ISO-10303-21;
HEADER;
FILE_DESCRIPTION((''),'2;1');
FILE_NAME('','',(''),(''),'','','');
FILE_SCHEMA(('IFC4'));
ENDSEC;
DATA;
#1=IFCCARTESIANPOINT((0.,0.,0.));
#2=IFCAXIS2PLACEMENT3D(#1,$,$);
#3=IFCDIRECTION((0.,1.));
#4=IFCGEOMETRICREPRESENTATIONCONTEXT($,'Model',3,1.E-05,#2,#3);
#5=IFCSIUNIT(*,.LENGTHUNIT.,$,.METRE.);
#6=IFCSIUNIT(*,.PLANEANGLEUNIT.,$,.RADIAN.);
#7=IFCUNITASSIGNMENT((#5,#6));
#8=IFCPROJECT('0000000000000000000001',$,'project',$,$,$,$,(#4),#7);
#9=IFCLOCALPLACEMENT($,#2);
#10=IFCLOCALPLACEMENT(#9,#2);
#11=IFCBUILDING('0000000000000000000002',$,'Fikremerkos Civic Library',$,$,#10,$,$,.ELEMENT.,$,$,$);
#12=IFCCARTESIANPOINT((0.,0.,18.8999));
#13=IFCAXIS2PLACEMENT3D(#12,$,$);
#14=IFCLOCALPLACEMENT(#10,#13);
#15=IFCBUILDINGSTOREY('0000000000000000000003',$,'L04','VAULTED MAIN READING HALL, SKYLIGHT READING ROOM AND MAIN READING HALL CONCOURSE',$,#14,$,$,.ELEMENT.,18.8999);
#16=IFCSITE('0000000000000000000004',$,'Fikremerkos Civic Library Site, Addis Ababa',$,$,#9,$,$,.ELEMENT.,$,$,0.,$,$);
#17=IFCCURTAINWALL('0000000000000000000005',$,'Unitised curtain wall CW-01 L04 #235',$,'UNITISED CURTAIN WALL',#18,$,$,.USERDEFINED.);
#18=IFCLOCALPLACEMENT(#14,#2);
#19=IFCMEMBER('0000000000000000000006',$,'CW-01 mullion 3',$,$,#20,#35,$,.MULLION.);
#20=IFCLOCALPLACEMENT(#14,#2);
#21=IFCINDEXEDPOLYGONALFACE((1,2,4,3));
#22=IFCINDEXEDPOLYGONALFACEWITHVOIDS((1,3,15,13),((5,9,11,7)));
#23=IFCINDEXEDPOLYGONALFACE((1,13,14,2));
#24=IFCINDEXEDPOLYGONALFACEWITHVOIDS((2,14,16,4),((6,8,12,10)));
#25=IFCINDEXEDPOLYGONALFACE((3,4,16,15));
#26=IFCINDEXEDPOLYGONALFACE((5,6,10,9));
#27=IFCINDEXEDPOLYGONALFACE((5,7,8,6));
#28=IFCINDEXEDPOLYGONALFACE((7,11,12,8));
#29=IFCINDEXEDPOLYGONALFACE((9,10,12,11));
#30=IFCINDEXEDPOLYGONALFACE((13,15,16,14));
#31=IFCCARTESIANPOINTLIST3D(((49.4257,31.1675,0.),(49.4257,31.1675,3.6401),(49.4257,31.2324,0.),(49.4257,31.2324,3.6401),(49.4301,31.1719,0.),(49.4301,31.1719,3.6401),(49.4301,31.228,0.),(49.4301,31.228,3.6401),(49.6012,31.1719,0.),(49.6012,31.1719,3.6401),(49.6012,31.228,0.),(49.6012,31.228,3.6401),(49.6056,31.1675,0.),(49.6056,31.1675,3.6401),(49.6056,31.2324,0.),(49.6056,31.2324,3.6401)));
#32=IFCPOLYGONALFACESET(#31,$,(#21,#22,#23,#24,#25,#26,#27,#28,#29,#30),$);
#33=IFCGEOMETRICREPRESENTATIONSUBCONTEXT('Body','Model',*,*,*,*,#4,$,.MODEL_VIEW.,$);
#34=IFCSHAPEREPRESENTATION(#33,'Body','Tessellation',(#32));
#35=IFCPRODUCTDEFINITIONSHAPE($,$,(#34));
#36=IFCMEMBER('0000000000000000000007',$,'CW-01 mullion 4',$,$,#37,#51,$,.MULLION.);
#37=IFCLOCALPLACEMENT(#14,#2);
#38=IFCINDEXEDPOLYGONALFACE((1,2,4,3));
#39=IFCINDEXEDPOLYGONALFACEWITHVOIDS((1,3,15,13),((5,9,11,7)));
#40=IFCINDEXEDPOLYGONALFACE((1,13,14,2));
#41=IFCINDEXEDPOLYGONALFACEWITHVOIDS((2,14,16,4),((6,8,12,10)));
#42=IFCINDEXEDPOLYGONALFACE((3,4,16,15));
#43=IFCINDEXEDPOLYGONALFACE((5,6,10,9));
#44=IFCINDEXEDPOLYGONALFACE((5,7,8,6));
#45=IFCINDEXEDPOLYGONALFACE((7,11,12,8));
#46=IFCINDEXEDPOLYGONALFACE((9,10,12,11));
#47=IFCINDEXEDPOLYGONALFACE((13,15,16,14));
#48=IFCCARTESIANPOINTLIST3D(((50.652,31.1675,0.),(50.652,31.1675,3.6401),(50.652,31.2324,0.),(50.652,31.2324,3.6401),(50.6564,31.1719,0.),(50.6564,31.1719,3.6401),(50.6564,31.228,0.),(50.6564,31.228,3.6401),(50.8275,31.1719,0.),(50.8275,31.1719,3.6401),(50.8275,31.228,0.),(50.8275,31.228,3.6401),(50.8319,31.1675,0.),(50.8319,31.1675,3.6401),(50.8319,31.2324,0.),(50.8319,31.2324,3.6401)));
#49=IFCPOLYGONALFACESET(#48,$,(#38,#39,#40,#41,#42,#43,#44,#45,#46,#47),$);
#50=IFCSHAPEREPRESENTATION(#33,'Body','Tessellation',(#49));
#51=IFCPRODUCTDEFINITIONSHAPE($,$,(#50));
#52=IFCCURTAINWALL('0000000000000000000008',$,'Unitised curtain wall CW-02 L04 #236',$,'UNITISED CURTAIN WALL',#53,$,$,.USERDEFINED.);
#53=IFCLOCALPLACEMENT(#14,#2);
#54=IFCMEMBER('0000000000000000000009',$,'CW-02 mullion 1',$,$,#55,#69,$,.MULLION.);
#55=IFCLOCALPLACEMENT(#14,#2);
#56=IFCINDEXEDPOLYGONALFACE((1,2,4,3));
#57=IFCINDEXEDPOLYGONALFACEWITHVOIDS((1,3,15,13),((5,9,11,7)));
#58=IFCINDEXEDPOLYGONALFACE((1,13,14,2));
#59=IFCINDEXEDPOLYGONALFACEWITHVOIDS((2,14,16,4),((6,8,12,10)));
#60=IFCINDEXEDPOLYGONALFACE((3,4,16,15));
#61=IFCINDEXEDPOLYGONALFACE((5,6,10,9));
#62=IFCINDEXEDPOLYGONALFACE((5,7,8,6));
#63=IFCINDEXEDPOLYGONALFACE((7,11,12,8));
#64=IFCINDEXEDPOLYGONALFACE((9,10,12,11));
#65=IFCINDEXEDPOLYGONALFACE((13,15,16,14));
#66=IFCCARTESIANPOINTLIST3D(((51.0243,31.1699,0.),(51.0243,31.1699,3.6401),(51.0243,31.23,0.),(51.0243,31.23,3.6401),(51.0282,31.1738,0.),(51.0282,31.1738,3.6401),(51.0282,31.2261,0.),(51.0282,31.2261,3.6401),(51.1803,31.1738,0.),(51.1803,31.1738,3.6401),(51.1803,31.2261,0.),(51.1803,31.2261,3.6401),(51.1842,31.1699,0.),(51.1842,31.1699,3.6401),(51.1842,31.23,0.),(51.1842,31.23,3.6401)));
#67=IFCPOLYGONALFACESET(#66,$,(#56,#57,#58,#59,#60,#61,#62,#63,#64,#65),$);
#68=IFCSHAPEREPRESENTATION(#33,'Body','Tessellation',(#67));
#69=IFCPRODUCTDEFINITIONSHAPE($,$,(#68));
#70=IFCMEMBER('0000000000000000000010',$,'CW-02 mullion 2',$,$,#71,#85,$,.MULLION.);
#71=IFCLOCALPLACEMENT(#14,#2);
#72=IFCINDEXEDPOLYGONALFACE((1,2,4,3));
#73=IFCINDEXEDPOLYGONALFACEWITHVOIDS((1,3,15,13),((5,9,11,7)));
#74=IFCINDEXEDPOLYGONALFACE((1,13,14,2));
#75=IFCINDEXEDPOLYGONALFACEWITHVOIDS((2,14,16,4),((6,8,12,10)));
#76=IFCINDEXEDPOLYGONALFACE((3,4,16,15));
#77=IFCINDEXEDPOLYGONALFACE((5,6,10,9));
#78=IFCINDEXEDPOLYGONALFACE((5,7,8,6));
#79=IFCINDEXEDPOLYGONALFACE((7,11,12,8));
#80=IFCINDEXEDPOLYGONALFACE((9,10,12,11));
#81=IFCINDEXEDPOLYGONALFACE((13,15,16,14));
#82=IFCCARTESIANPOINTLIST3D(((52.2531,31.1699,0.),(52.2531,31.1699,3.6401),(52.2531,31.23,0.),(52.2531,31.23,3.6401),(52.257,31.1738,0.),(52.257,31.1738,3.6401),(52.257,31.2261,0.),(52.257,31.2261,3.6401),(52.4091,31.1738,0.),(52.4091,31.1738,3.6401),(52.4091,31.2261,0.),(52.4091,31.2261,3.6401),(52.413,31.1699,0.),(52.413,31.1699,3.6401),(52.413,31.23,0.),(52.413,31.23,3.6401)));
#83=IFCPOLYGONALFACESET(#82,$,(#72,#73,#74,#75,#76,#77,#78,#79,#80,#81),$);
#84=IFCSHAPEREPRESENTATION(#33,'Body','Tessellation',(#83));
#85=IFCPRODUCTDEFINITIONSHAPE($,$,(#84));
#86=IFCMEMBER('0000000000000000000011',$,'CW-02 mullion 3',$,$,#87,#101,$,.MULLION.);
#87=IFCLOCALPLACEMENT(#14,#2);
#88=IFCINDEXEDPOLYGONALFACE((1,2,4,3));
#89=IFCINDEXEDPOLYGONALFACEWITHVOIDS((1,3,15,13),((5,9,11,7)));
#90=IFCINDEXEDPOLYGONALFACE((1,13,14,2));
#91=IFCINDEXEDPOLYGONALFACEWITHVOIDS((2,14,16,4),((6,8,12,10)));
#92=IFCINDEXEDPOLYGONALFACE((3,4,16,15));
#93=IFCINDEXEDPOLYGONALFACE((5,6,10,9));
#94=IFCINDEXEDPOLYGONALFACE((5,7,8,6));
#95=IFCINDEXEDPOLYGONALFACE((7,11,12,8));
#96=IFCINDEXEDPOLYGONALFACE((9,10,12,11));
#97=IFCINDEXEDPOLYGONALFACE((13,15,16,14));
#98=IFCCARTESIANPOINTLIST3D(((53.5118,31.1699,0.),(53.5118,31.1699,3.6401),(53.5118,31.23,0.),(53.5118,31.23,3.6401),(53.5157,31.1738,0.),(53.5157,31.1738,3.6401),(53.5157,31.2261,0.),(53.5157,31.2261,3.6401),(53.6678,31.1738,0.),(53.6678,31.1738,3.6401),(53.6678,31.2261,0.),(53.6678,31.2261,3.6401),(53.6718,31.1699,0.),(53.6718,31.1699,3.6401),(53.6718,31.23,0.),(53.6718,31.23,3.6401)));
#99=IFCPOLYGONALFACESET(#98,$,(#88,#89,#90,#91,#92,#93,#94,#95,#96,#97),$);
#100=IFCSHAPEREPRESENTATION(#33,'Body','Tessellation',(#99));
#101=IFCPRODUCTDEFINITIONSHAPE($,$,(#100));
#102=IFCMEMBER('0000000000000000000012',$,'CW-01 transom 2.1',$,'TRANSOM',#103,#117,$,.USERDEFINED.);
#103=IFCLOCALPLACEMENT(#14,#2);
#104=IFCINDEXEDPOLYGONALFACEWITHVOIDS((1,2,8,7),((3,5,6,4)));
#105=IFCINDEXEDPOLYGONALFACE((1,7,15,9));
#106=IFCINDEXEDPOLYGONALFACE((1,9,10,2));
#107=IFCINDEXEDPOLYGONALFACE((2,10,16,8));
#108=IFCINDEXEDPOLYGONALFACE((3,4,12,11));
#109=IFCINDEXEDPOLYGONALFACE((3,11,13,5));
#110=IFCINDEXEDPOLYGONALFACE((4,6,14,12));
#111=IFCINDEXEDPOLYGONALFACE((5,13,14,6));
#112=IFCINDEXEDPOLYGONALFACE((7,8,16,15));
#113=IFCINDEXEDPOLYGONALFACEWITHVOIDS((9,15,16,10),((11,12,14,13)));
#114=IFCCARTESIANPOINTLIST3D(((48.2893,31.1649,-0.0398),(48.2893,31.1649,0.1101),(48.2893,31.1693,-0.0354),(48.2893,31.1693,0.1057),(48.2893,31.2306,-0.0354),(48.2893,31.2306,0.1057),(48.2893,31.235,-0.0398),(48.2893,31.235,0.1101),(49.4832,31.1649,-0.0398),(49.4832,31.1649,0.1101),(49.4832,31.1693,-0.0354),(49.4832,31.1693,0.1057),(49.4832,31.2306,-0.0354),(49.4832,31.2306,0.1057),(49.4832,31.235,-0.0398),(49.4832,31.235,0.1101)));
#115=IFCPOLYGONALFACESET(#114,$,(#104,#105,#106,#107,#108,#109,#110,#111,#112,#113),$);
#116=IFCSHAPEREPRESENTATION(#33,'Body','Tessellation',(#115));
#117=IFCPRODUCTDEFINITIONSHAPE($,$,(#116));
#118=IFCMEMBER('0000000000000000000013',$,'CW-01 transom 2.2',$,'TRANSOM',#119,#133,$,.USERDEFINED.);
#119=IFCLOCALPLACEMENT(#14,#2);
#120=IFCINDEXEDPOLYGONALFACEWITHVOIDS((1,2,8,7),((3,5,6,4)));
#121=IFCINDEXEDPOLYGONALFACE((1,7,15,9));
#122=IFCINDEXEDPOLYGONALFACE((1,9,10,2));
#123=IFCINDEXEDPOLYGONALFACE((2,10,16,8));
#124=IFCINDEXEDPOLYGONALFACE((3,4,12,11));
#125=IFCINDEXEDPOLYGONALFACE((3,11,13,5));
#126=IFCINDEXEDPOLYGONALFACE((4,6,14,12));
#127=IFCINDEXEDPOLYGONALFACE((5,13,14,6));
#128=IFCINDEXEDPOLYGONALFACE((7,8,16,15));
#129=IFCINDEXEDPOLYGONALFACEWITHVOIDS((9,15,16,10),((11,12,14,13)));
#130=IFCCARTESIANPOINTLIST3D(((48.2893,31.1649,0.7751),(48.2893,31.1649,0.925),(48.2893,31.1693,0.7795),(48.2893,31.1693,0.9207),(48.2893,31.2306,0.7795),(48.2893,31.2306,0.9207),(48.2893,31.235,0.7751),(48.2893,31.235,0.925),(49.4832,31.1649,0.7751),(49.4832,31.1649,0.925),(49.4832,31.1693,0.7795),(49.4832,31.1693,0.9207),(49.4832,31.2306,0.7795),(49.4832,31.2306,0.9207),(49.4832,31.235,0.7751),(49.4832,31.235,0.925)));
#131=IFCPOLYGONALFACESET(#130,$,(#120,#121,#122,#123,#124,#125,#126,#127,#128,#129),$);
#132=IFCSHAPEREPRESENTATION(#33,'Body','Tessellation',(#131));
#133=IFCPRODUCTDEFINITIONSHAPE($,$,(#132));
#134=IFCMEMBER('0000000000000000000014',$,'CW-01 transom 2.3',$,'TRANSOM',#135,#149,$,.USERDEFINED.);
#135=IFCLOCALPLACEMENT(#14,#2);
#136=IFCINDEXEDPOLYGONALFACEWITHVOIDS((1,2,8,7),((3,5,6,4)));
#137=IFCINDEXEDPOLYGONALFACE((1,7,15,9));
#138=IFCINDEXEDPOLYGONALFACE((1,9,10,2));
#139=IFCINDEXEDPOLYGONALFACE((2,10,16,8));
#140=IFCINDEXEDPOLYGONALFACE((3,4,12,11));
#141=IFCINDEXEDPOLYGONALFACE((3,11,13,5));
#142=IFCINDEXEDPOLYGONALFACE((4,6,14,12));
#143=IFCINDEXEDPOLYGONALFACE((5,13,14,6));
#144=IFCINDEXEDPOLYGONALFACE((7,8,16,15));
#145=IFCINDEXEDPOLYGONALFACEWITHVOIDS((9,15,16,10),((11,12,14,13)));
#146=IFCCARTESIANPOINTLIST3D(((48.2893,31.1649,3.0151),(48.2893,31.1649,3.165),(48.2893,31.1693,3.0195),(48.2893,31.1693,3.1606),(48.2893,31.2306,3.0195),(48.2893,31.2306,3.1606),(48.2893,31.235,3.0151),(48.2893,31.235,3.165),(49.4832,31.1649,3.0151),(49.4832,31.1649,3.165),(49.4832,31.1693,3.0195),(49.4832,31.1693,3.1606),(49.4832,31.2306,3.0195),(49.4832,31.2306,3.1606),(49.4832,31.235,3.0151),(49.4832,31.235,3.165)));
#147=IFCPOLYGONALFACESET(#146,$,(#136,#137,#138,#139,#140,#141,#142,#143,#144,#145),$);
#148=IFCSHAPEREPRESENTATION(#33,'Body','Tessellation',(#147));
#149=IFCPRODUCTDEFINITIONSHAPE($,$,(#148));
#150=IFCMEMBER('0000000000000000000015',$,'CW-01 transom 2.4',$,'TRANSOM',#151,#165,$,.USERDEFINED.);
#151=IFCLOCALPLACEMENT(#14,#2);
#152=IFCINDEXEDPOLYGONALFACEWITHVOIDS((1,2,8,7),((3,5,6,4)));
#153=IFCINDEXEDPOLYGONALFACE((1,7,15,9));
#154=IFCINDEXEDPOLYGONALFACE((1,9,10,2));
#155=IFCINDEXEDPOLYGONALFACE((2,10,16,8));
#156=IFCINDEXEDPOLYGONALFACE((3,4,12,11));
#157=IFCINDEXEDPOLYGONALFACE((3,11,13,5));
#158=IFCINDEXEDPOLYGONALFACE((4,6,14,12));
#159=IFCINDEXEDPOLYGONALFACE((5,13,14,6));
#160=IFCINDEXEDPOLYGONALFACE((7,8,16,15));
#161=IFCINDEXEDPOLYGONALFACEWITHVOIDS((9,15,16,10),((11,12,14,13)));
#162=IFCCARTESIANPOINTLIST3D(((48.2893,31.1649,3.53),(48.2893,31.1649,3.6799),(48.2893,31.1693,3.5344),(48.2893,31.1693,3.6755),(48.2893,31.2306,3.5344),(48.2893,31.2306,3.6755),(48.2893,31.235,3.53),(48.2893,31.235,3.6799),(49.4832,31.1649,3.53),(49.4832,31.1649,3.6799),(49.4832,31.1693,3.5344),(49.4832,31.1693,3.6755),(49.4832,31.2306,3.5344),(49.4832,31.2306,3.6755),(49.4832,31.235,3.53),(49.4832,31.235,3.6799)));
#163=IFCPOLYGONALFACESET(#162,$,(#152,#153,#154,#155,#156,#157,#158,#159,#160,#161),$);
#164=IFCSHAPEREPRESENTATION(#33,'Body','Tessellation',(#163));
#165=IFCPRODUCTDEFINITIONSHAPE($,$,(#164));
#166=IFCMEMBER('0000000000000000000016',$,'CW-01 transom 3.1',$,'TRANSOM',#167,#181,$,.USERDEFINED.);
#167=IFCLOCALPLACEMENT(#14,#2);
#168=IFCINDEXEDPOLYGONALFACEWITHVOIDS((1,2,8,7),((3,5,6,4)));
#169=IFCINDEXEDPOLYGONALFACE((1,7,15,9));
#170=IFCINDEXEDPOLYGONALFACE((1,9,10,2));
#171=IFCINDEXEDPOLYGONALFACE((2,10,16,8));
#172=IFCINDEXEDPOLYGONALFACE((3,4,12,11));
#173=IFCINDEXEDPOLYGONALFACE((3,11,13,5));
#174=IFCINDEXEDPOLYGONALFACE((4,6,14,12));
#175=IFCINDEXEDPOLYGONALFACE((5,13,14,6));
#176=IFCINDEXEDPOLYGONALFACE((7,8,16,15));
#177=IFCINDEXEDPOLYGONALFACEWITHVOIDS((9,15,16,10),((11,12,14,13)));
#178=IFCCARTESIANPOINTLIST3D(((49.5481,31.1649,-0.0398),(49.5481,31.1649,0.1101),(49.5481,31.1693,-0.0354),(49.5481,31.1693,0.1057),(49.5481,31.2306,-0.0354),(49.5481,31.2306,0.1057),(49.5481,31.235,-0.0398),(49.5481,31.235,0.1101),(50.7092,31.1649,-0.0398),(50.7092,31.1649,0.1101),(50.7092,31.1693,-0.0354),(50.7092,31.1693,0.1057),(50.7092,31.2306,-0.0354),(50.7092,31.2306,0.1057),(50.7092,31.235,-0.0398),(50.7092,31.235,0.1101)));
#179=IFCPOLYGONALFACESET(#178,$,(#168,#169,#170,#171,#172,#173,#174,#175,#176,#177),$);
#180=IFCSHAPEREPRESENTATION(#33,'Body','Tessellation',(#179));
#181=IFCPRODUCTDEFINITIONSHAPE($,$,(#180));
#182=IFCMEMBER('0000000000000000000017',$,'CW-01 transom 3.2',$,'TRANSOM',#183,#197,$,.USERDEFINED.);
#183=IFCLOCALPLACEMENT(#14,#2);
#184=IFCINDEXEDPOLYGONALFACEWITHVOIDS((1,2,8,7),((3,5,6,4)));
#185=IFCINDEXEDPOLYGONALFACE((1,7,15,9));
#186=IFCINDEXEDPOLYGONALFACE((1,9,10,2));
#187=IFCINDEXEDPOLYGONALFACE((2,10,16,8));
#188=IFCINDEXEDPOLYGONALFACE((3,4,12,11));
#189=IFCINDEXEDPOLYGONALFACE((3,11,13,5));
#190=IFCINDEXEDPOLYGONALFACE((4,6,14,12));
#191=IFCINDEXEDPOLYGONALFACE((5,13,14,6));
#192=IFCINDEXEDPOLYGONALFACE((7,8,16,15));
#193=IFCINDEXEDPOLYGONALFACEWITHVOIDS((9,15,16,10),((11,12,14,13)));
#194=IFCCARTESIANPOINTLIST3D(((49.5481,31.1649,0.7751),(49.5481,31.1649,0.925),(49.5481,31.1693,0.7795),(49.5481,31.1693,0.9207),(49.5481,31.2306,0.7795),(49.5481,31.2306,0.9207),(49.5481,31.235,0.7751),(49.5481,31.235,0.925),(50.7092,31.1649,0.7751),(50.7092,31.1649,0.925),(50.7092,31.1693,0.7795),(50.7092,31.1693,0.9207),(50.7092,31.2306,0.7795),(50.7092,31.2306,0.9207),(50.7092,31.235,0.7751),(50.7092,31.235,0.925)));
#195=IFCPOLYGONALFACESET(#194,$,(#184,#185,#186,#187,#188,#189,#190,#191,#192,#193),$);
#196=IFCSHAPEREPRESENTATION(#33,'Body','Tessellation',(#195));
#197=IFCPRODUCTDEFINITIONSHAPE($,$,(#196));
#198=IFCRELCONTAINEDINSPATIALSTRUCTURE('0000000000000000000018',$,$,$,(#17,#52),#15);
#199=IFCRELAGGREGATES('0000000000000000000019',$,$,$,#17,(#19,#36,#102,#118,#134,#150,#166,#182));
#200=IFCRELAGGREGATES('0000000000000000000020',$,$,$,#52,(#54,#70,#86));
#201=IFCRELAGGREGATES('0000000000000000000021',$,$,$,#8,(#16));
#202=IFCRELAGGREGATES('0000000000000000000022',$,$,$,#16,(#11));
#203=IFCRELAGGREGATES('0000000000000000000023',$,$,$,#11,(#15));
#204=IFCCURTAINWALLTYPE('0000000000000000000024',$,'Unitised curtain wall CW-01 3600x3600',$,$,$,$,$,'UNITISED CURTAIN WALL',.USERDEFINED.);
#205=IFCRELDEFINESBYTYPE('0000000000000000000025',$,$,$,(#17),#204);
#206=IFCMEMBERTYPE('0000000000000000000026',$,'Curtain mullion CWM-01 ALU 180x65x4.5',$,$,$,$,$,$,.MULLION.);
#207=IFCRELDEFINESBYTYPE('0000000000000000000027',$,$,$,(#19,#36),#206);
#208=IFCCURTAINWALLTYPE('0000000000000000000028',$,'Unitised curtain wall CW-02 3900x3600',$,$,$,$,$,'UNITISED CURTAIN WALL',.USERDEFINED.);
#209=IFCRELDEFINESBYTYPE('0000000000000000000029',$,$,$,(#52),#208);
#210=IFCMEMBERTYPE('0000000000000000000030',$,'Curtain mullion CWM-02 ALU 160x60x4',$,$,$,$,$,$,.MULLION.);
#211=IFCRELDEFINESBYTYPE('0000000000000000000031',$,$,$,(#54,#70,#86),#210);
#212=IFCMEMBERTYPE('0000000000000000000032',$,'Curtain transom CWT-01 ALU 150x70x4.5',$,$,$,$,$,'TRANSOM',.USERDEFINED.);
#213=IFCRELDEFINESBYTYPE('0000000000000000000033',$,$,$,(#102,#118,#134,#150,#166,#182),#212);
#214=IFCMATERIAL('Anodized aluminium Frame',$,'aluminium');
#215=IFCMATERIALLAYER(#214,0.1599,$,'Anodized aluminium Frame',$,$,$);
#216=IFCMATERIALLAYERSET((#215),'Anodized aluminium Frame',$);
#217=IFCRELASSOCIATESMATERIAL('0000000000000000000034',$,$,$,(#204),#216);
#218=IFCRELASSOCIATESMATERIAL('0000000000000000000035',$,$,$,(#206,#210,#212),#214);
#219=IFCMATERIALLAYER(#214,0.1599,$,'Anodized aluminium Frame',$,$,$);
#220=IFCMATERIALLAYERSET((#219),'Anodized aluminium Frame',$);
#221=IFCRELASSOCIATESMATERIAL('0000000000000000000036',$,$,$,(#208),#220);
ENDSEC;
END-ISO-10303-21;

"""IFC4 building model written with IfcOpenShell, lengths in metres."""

from ifc_helpers import new_model, si_unit, direction, frame, origin, origin_2d, place, context, subcontext, project, spatial, hollow_rectangle, extrude, material, layer, layer_set, material_profile, profile_set, type_object, element, aggregate, save


model = new_model("IFC4")

# Units and contexts
model_context = context("Model", 3, precision=1e-05, world=origin(), true_north=direction((0.0, 1.0)))
body_context = subcontext(model_context, "Body", "Model", "MODEL_VIEW")
ifc_project = project(units=[si_unit("LENGTHUNIT", "METRE"), si_unit("PLANEANGLEUNIT", "RADIAN")], contexts=[model_context])

# Site, building, storey
site_placement = place(None, origin())
site = spatial("IfcSite", under=ifc_project, at=site_placement, Name="Fikremerkos Civic Library Site, Addis Ababa", CompositionType="ELEMENT", RefElevation=0.0)
building_placement = place(site_placement, origin())
building = spatial("IfcBuilding", under=site, at=building_placement, Name="Fikremerkos Civic Library", CompositionType="ELEMENT")
storey_placement = place(building_placement, frame((0.0, 0.0, 18.8999)))
storey = spatial("IfcBuildingStorey", under=building, at=storey_placement, Name="L04", Description="VAULTED MAIN READING HALL, SKYLIGHT READING ROOM AND MAIN READING HALL CONCOURSE", CompositionType="ELEMENT", Elevation=18.8999)

# Curtain walls, members
ifc_material_1 = material(Name="Anodized aluminium Frame", Category="aluminium")
ifc_layer_1 = layer(ifc_material_1, 0.1599, Name="Anodized aluminium Frame")
ifc_layer_set_1 = layer_set([ifc_layer_1], Name="Anodized aluminium Frame")
curtain_wall_type_1 = type_object("IfcCurtainWallType", Name="Unitised curtain wall CW-01 3600x3600", ElementType="UNITISED CURTAIN WALL", PredefinedType="USERDEFINED", material=ifc_layer_set_1)
curtain_wall_1_placement = place(storey_placement, origin())
curtain_wall_1 = element("IfcCurtainWall", 1, at=curtain_wall_1_placement, inside=storey, type_object=curtain_wall_type_1, Name="Unitised curtain wall CW-01 L04 #235", ObjectType="UNITISED CURTAIN WALL", PredefinedType="USERDEFINED")
ifc_material_profile_1 = material_profile(ifc_material_1, hollow_rectangle(XDim=0.0649, YDim=0.1799, WallThickness=0.0044, at=origin_2d()), Name="ALU 180x65x4.5")
ifc_profile_set_1 = profile_set([ifc_material_profile_1], Name="Anodized aluminium Frame")
member_type_1 = type_object("IfcMemberType", Name="Curtain mullion CWM-01 ALU 180x65x4.5", PredefinedType="MULLION", material=ifc_profile_set_1)
member_1_placement = place(storey_placement, frame((49.5156, 31.2, 0.0), z_axis=(0.0, 0.0, 1.0), x_axis=(0.0, 1.0, 0.0)))
member_1 = element("IfcMember", 2, at=member_1_placement, type_object=member_type_1, Name="CW-01 mullion 3", PredefinedType="MULLION", context=body_context, shape_type="SweptSolid", body=[
    extrude(hollow_rectangle(XDim=0.0649, YDim=0.1799, WallThickness=0.0044, at=origin_2d()), origin(), (0.0, 0.0, 1.0), 3.6401),
])
member_2_placement = place(storey_placement, frame((50.7419, 31.2, 0.0), z_axis=(0.0, 0.0, 1.0), x_axis=(0.0, 1.0, 0.0)))
member_2 = element("IfcMember", 3, at=member_2_placement, type_object=member_type_1, Name="CW-01 mullion 4", PredefinedType="MULLION", context=body_context, shape_type="SweptSolid", body=[
    extrude(hollow_rectangle(XDim=0.0649, YDim=0.1799, WallThickness=0.0044, at=origin_2d()), origin(), (0.0, 0.0, 1.0), 3.6401),
])
ifc_layer_2 = layer(ifc_material_1, 0.1599, Name="Anodized aluminium Frame")
ifc_layer_set_2 = layer_set([ifc_layer_2], Name="Anodized aluminium Frame")
curtain_wall_type_2 = type_object("IfcCurtainWallType", Name="Unitised curtain wall CW-02 3900x3600", ElementType="UNITISED CURTAIN WALL", PredefinedType="USERDEFINED", material=ifc_layer_set_2)
curtain_wall_2_placement = place(storey_placement, origin())
curtain_wall_2 = element("IfcCurtainWall", 4, at=curtain_wall_2_placement, inside=storey, type_object=curtain_wall_type_2, Name="Unitised curtain wall CW-02 L04 #236", ObjectType="UNITISED CURTAIN WALL", PredefinedType="USERDEFINED")
ifc_material_profile_2 = material_profile(ifc_material_1, hollow_rectangle(XDim=0.0601, YDim=0.1599, WallThickness=0.0039, at=origin_2d()), Name="ALU 160x60x4")
ifc_profile_set_2 = profile_set([ifc_material_profile_2], Name="Anodized aluminium Frame")
member_type_2 = type_object("IfcMemberType", Name="Curtain mullion CWM-02 ALU 160x60x4", PredefinedType="MULLION", material=ifc_profile_set_2)
member_3_placement = place(storey_placement, frame((51.1042, 31.2, 0.0), z_axis=(0.0, 0.0, 1.0), x_axis=(0.0, 1.0, 0.0)))
member_3 = element("IfcMember", 5, at=member_3_placement, type_object=member_type_2, Name="CW-02 mullion 1", PredefinedType="MULLION", context=body_context, shape_type="SweptSolid", body=[
    extrude(hollow_rectangle(XDim=0.0601, YDim=0.1599, WallThickness=0.0039, at=origin_2d()), origin(), (0.0, 0.0, 1.0), 3.6401),
])
member_4_placement = place(storey_placement, frame((52.333, 31.2, 0.0), z_axis=(0.0, 0.0, 1.0), x_axis=(0.0, 1.0, 0.0)))
member_4 = element("IfcMember", 6, at=member_4_placement, type_object=member_type_2, Name="CW-02 mullion 2", PredefinedType="MULLION", context=body_context, shape_type="SweptSolid", body=[
    extrude(hollow_rectangle(XDim=0.0601, YDim=0.1599, WallThickness=0.0039, at=origin_2d()), origin(), (0.0, 0.0, 1.0), 3.6401),
])
member_5_placement = place(storey_placement, frame((53.5918, 31.2, 0.0), z_axis=(0.0, 0.0, 1.0), x_axis=(0.0, 1.0, 0.0)))
member_5 = element("IfcMember", 7, at=member_5_placement, type_object=member_type_2, Name="CW-02 mullion 3", PredefinedType="MULLION", context=body_context, shape_type="SweptSolid", body=[
    extrude(hollow_rectangle(XDim=0.0601, YDim=0.1599, WallThickness=0.0039, at=origin_2d()), origin(), (0.0, 0.0, 1.0), 3.6401),
])

# Members
ifc_material_profile_3 = material_profile(ifc_material_1, hollow_rectangle(XDim=0.0701, YDim=0.1499, WallThickness=0.0044, at=origin_2d()), Name="ALU 150x70x4.5")
ifc_profile_set_3 = profile_set([ifc_material_profile_3], Name="Anodized aluminium Frame")
member_type_3 = type_object("IfcMemberType", Name="Curtain transom CWT-01 ALU 150x70x4.5", ElementType="TRANSOM", PredefinedType="USERDEFINED", material=ifc_profile_set_3)
member_6_placement = place(storey_placement, frame((48.2893, 31.2, 0.0352), z_axis=(1.0, 0.0, 0.0), x_axis=(0.0, 1.0, 0.0)))
member_6 = element("IfcMember", 8, at=member_6_placement, type_object=member_type_3, Name="CW-01 transom 2.1", ObjectType="TRANSOM", PredefinedType="USERDEFINED", context=body_context, shape_type="SweptSolid", body=[
    extrude(hollow_rectangle(XDim=0.0701, YDim=0.1499, WallThickness=0.0044, at=origin_2d()), origin(), (0.0, 0.0, 1.0), 1.1938),
])
member_7_placement = place(storey_placement, frame((48.2893, 31.2, 0.8501), z_axis=(1.0, 0.0, 0.0), x_axis=(0.0, 1.0, 0.0)))
member_7 = element("IfcMember", 9, at=member_7_placement, type_object=member_type_3, Name="CW-01 transom 2.2", ObjectType="TRANSOM", PredefinedType="USERDEFINED", context=body_context, shape_type="SweptSolid", body=[
    extrude(hollow_rectangle(XDim=0.0701, YDim=0.1499, WallThickness=0.0044, at=origin_2d()), origin(), (0.0, 0.0, 1.0), 1.1938),
])
member_8_placement = place(storey_placement, frame((48.2893, 31.2, 3.0901), z_axis=(1.0, 0.0, 0.0), x_axis=(0.0, 1.0, 0.0)))
member_8 = element("IfcMember", 10, at=member_8_placement, type_object=member_type_3, Name="CW-01 transom 2.3", ObjectType="TRANSOM", PredefinedType="USERDEFINED", context=body_context, shape_type="SweptSolid", body=[
    extrude(hollow_rectangle(XDim=0.0701, YDim=0.1499, WallThickness=0.0044, at=origin_2d()), origin(), (0.0, 0.0, 1.0), 1.1938),
])
member_9_placement = place(storey_placement, frame((48.2893, 31.2, 3.605), z_axis=(1.0, 0.0, 0.0), x_axis=(0.0, 1.0, 0.0)))
member_9 = element("IfcMember", 11, at=member_9_placement, type_object=member_type_3, Name="CW-01 transom 2.4", ObjectType="TRANSOM", PredefinedType="USERDEFINED", context=body_context, shape_type="SweptSolid", body=[
    extrude(hollow_rectangle(XDim=0.0701, YDim=0.1499, WallThickness=0.0044, at=origin_2d()), origin(), (0.0, 0.0, 1.0), 1.1938),
])
member_10_placement = place(storey_placement, frame((49.5481, 31.2, 0.0352), z_axis=(1.0, 0.0, 0.0), x_axis=(0.0, 1.0, 0.0)))
member_10 = element("IfcMember", 12, at=member_10_placement, type_object=member_type_3, Name="CW-01 transom 3.1", ObjectType="TRANSOM", PredefinedType="USERDEFINED", context=body_context, shape_type="SweptSolid", body=[
    extrude(hollow_rectangle(XDim=0.0701, YDim=0.1499, WallThickness=0.0044, at=origin_2d()), origin(), (0.0, 0.0, 1.0), 1.1611),
])
member_11_placement = place(storey_placement, frame((49.5481, 31.2, 0.8501), z_axis=(1.0, 0.0, 0.0), x_axis=(0.0, 1.0, 0.0)))
member_11 = element("IfcMember", 13, at=member_11_placement, type_object=member_type_3, Name="CW-01 transom 3.2", ObjectType="TRANSOM", PredefinedType="USERDEFINED", context=body_context, shape_type="SweptSolid", body=[
    extrude(hollow_rectangle(XDim=0.0701, YDim=0.1499, WallThickness=0.0044, at=origin_2d()), origin(), (0.0, 0.0, 1.0), 1.1611),
])

aggregate(curtain_wall_1, [member_1, member_2, member_6, member_7, member_8, member_9, member_10, member_11])
aggregate(curtain_wall_2, [member_3, member_4, member_5])

save(model, "model.ifc")
